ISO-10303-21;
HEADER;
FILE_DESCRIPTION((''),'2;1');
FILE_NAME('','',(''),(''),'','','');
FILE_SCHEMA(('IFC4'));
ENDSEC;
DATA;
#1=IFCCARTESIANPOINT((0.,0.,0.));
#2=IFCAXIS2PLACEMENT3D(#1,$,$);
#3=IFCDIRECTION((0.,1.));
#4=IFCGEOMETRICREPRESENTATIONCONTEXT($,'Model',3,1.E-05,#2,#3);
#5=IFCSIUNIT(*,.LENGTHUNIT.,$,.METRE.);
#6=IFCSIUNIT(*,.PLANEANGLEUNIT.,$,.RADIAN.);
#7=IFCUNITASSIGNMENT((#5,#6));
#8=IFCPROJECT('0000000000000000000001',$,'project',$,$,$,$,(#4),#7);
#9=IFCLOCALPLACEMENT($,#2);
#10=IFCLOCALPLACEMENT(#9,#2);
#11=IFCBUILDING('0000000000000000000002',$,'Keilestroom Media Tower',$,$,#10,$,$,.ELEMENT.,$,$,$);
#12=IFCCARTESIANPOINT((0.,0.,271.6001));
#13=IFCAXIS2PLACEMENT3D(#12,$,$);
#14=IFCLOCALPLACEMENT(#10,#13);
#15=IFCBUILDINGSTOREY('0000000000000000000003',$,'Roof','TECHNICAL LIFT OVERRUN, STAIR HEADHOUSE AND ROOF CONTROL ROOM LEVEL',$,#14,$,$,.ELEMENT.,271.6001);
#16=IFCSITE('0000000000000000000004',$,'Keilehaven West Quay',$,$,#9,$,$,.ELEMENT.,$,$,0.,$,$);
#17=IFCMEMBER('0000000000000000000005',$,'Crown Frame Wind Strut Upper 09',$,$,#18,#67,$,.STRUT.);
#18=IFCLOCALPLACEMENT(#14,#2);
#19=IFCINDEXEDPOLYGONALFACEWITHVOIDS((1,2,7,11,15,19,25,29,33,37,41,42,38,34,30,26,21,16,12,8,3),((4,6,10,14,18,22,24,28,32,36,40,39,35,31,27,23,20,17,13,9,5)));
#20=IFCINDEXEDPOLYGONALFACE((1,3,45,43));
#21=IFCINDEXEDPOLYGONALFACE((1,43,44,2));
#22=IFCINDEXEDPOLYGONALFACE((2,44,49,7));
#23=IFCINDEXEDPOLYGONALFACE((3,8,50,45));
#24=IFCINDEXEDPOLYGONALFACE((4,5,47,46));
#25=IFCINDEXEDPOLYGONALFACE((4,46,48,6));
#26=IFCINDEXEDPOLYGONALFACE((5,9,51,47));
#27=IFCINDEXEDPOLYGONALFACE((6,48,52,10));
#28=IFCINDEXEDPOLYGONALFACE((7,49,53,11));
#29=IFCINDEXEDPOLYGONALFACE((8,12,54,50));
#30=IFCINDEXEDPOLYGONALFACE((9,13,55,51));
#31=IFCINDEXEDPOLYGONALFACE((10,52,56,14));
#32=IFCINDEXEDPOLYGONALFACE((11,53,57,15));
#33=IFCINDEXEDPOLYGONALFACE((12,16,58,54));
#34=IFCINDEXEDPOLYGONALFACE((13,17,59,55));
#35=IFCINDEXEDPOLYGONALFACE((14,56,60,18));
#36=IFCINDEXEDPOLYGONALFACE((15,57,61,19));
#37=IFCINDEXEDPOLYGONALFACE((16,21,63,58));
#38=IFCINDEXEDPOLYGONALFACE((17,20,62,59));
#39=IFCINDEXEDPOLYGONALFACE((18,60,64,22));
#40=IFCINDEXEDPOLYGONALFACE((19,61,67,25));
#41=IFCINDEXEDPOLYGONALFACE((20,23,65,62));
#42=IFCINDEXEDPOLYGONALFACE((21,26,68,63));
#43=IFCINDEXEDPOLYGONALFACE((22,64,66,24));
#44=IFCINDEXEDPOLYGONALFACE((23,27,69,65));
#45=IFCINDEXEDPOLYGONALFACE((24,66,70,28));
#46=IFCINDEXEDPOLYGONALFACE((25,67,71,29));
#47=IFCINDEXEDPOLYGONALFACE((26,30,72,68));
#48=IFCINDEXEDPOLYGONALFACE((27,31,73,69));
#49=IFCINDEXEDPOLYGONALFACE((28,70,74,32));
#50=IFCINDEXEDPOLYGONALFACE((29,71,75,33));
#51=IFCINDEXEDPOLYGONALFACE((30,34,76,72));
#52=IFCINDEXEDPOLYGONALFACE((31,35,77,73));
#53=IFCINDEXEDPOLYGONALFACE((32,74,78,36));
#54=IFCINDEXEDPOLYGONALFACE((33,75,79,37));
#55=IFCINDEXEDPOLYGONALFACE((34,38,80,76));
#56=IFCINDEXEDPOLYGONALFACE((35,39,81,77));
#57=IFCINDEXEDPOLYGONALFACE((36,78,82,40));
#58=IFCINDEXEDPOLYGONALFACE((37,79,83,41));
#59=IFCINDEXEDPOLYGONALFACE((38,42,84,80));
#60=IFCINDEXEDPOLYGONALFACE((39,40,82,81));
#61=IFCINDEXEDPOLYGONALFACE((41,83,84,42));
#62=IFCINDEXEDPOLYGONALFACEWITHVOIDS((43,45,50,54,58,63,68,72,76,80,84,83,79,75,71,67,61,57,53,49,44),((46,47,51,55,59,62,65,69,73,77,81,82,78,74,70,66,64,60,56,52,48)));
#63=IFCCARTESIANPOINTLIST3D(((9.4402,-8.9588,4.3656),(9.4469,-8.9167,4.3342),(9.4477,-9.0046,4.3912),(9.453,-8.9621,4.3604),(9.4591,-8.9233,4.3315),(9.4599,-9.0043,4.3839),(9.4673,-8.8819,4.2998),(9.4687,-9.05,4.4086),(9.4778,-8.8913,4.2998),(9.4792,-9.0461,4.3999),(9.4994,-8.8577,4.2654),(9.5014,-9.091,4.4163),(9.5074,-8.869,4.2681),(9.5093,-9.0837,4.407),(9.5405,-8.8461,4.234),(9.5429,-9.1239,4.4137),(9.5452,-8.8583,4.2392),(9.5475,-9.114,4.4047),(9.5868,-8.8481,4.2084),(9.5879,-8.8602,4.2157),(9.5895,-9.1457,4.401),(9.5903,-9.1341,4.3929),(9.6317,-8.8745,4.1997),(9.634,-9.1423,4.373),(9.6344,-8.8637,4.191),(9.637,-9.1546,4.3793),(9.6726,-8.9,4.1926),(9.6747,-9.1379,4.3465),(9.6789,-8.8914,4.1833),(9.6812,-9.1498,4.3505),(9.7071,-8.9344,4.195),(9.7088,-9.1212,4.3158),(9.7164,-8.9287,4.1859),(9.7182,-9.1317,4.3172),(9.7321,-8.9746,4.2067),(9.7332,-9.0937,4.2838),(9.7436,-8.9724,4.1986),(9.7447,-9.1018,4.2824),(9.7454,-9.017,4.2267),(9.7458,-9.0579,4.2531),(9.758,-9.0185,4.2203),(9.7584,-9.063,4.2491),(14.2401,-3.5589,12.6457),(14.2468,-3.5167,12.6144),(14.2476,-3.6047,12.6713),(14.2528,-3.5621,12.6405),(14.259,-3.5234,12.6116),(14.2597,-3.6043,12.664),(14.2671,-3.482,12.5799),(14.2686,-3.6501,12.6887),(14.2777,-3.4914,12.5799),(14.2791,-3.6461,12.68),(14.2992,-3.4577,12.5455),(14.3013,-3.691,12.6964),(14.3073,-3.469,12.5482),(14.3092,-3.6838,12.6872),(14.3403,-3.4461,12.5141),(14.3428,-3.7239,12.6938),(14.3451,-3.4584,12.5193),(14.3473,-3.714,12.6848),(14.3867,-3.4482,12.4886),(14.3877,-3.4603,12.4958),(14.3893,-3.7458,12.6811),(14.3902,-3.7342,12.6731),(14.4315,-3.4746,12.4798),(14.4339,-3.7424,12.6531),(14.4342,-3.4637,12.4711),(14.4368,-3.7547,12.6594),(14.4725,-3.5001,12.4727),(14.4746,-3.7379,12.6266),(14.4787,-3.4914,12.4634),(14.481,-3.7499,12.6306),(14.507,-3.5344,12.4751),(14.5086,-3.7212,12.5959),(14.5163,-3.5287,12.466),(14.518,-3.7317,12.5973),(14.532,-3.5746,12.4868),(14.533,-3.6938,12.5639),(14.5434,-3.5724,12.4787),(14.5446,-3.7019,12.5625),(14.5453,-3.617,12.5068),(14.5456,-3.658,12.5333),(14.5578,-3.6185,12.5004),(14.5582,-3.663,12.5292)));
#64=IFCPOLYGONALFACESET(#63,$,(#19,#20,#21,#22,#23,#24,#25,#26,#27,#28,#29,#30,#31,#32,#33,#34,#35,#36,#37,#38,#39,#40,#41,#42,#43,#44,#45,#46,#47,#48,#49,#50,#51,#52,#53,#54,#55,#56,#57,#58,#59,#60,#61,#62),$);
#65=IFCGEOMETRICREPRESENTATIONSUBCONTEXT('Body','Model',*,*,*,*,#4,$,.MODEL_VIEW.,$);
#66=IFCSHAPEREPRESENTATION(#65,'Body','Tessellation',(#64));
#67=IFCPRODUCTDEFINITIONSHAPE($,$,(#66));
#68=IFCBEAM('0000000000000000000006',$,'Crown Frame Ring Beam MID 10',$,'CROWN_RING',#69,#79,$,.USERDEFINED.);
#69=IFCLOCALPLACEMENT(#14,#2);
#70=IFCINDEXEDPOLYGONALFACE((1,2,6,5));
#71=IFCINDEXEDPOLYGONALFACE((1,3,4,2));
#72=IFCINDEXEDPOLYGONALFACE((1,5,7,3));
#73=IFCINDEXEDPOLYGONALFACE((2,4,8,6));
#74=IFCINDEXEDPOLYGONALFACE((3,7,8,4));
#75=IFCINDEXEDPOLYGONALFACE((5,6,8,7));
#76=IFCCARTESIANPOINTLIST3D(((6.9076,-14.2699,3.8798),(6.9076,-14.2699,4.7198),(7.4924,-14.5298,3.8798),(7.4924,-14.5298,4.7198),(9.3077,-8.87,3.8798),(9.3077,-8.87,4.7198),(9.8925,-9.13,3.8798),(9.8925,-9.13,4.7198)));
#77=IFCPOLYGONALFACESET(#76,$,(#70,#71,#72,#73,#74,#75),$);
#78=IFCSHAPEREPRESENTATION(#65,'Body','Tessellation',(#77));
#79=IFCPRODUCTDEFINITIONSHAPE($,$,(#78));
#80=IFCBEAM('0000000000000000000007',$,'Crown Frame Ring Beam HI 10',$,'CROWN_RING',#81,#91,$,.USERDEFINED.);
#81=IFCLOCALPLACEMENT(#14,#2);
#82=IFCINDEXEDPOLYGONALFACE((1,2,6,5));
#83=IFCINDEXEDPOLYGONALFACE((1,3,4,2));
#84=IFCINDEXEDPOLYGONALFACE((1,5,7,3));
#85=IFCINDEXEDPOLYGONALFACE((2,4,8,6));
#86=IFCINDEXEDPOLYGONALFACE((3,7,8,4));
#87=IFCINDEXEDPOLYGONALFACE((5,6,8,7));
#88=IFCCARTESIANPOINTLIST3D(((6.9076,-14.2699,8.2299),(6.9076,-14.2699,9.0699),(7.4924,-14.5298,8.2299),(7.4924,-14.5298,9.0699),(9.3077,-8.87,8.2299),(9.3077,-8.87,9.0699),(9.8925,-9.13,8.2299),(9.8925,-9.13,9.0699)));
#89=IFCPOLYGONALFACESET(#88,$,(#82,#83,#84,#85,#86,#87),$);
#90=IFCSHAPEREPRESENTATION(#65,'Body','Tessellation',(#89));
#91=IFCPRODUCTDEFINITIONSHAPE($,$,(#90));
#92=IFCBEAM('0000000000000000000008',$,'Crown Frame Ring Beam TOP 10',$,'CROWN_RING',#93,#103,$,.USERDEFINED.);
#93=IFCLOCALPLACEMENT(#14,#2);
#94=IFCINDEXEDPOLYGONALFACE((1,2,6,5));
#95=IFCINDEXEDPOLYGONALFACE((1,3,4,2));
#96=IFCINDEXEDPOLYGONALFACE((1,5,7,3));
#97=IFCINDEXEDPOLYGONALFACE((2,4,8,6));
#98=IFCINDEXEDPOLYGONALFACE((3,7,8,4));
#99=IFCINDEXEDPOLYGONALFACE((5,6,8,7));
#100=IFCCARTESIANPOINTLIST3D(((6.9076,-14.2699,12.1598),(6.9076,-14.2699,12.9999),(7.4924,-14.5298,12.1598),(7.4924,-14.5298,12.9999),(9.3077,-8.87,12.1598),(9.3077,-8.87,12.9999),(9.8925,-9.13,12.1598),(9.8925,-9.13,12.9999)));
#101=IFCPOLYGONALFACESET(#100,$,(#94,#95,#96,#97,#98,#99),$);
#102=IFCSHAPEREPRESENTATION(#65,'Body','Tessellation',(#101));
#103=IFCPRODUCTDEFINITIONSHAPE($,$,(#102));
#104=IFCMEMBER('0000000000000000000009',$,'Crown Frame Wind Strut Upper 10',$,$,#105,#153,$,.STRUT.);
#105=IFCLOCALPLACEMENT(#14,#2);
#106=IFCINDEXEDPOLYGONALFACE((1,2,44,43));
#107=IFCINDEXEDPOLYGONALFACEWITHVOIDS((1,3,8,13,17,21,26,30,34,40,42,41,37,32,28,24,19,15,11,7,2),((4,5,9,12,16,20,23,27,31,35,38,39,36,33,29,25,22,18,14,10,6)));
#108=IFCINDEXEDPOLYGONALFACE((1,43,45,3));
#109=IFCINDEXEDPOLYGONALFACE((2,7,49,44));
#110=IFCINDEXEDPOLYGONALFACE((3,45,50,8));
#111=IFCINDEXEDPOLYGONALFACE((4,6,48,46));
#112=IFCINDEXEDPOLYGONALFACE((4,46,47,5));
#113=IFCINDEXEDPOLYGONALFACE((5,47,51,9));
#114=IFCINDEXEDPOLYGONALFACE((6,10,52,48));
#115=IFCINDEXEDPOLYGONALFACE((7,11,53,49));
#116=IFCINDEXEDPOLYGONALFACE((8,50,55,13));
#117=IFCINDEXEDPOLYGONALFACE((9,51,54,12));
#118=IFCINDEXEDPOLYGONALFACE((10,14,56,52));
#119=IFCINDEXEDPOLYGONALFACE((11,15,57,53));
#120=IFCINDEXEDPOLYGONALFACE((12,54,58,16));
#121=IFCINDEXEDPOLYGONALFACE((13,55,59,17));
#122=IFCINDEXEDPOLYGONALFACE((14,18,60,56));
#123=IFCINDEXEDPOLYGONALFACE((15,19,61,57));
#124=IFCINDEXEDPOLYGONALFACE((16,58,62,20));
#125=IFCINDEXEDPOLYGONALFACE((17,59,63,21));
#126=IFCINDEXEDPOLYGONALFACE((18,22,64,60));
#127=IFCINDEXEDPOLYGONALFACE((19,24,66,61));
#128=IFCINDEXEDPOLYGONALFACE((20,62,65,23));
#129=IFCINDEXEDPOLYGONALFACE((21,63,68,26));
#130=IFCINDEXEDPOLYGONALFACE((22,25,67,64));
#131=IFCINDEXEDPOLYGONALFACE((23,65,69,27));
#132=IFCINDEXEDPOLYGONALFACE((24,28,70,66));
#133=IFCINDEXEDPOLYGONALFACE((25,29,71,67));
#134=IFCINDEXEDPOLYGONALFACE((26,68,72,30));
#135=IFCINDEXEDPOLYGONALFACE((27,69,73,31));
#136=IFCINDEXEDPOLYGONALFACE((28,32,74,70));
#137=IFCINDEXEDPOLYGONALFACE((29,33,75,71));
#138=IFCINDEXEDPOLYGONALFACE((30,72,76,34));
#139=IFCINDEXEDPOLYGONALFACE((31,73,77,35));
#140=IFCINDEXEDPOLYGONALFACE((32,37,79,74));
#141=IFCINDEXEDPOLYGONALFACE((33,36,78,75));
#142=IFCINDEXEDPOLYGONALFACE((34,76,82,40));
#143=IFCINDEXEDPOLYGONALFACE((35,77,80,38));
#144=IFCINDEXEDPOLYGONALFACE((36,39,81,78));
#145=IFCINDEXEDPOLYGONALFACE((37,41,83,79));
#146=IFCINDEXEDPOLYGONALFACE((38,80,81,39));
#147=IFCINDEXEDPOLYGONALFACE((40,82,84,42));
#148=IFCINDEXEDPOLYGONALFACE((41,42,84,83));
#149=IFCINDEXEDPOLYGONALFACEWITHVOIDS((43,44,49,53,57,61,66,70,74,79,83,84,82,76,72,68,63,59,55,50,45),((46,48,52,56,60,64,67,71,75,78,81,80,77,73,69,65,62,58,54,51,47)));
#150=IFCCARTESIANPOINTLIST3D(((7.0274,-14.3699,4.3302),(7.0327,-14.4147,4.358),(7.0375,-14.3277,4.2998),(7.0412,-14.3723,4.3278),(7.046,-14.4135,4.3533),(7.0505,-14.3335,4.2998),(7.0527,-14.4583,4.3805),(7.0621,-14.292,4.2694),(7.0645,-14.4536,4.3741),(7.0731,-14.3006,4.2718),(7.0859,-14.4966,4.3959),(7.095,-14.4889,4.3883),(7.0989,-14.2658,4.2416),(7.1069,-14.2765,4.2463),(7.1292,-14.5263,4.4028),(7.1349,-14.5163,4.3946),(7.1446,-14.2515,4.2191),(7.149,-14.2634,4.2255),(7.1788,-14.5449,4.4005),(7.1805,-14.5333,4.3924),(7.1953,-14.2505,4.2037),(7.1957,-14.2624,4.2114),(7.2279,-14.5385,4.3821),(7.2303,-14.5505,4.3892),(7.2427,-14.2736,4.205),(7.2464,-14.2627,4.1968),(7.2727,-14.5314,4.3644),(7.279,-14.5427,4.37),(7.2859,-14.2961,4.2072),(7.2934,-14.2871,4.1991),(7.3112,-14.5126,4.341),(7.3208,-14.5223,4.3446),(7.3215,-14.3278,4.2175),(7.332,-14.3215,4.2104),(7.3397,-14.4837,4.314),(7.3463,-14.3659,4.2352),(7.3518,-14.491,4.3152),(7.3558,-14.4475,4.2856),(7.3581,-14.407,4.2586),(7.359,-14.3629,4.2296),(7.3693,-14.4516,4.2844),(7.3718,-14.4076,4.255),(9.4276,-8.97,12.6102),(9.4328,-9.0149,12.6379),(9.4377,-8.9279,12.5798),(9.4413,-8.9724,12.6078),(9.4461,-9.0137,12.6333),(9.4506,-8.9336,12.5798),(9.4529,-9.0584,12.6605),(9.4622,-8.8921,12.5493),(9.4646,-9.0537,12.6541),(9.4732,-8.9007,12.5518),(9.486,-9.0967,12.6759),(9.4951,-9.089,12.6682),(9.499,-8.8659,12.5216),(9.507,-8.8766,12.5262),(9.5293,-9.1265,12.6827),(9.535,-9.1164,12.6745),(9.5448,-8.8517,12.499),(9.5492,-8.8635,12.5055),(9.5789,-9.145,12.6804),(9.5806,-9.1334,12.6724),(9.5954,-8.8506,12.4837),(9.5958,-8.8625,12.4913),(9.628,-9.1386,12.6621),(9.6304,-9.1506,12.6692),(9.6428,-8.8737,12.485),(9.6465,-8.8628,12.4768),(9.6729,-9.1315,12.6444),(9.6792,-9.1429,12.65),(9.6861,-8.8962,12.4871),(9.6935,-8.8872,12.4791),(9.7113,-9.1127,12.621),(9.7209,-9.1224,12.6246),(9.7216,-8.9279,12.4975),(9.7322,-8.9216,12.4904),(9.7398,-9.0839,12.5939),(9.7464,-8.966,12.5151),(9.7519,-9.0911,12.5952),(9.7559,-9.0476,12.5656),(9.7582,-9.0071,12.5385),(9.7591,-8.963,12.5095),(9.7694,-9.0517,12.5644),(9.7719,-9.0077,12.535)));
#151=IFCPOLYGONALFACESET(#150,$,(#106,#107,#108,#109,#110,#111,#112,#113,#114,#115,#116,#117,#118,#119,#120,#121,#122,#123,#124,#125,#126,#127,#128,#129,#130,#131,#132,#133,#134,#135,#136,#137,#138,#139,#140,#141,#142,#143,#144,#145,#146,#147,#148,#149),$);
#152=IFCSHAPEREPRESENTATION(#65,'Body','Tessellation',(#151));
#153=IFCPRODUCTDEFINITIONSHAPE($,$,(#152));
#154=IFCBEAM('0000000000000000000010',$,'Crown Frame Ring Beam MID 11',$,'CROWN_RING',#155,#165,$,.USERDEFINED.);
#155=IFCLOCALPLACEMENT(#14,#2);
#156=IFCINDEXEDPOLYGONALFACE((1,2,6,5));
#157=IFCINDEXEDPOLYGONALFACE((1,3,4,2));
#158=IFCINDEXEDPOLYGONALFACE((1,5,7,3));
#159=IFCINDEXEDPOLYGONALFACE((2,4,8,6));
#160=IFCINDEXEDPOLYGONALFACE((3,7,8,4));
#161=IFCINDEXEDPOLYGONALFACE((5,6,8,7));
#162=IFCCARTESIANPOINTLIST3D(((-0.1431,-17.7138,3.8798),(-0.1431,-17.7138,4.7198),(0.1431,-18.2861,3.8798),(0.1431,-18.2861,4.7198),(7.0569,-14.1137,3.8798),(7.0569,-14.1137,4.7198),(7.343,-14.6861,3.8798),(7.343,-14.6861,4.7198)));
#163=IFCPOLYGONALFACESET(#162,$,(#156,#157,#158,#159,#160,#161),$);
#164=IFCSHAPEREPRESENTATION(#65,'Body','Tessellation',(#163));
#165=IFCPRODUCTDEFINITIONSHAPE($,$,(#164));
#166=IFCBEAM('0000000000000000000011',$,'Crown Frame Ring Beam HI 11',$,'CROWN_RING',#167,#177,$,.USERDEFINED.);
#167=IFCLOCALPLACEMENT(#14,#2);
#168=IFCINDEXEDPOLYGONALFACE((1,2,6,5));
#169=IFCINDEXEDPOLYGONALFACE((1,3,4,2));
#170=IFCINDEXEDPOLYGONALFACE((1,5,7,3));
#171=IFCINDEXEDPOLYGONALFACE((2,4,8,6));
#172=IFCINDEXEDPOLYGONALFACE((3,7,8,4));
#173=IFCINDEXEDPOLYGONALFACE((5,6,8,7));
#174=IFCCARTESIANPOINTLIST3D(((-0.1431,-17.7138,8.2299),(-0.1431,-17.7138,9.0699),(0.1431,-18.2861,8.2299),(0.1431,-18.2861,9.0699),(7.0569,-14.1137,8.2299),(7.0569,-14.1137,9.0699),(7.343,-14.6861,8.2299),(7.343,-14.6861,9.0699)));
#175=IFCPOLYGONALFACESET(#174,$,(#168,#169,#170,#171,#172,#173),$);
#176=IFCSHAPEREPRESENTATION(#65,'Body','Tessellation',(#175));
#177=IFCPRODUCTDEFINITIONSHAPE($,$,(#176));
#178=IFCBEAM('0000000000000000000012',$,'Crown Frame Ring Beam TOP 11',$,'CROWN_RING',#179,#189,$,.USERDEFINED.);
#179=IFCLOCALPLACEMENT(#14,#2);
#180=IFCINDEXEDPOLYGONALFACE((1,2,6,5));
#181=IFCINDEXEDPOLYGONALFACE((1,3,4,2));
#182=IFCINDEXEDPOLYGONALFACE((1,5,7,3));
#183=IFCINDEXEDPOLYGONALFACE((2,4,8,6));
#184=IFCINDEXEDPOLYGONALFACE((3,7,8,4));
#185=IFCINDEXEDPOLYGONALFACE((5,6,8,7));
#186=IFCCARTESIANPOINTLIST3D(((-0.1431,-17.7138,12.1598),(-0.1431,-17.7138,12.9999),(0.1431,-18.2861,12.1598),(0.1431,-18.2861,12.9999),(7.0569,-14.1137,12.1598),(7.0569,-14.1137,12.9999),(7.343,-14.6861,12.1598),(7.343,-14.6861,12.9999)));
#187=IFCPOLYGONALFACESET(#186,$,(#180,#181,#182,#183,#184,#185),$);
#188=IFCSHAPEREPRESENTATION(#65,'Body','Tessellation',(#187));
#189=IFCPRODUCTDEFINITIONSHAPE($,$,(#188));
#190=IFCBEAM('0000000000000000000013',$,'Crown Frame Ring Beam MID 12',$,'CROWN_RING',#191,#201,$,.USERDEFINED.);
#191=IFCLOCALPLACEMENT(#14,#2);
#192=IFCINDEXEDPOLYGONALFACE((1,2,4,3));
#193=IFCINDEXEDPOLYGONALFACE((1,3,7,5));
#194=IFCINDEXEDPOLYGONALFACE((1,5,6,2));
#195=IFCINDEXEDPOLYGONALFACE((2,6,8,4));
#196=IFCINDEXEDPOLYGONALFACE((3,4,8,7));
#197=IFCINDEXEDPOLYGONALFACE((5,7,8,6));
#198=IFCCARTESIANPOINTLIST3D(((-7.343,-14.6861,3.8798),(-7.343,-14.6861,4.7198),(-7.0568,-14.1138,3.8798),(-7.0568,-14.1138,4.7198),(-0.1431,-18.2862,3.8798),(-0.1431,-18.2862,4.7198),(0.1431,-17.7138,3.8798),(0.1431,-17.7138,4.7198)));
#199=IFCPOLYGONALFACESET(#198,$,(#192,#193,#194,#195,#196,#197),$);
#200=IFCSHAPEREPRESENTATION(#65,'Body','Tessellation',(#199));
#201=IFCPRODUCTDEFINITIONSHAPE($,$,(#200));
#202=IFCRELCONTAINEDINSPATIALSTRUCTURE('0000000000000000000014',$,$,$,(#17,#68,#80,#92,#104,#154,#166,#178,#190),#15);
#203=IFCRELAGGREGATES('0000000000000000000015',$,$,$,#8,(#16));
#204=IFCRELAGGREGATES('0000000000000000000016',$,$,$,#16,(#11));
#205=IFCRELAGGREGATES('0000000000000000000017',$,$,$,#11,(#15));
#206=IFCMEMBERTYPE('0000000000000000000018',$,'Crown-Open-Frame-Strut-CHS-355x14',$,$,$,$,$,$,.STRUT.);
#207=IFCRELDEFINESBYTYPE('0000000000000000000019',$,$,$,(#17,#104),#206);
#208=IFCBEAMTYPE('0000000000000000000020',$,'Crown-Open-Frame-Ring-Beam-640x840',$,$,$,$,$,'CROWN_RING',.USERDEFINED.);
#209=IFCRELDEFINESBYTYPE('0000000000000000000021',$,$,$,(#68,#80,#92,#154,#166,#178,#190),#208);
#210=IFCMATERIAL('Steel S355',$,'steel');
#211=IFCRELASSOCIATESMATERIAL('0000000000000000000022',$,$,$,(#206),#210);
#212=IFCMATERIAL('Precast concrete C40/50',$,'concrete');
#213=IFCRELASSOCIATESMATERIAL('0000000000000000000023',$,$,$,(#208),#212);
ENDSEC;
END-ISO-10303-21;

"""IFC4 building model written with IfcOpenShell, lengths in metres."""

from ifc_helpers import new_model, si_unit, direction, frame, origin, origin_2d, place, context, subcontext, project, spatial, rectangle, hollow_circle, extrude, source, transform, mapped, material, material_profile, profile_set, type_object, element, save


model = new_model("IFC4")

# Units and contexts
model_context = context("Model", 3, precision=1e-05, world=origin(), true_north=direction((0.0, 1.0)))
body_context = subcontext(model_context, "Body", "Model", "MODEL_VIEW")
ifc_project = project(units=[si_unit("LENGTHUNIT", "METRE"), si_unit("PLANEANGLEUNIT", "RADIAN")], contexts=[model_context])

# Site, building, storey
site_placement = place(None, origin())
site = spatial("IfcSite", under=ifc_project, at=site_placement, Name="Keilehaven West Quay", CompositionType="ELEMENT", RefElevation=0.0)
building_placement = place(site_placement, origin())
building = spatial("IfcBuilding", under=site, at=building_placement, Name="Keilestroom Media Tower", CompositionType="ELEMENT")
storey_placement = place(building_placement, frame((0.0, 0.0, 271.6001)))
storey = spatial("IfcBuildingStorey", under=building, at=storey_placement, Name="Roof", Description="TECHNICAL LIFT OVERRUN, STAIR HEADHOUSE AND ROOF CONTROL ROOM LEVEL", CompositionType="ELEMENT", Elevation=271.6001)

# Member
ifc_material_1 = material(Name="Steel S355", Category="steel")
ifc_material_profile_1 = material_profile(ifc_material_1, hollow_circle(Radius=0.1777, WallThickness=0.0142, at=origin_2d()), Name="CHS 355.6x14.2")
ifc_profile_set_1 = profile_set([ifc_material_profile_1], Name="Steel S355")
member_type = type_object("IfcMemberType", Name="Crown-Open-Frame-Strut-CHS-355x14", PredefinedType="STRUT", material=ifc_profile_set_1)
shared_shape_1 = source(origin(), body_context, "Body", "SweptSolid", [
    extrude(hollow_circle(Radius=0.1777, WallThickness=0.0142, at=origin_2d()), origin(), (0.0, 0.0, 1.0), 10.989),
])
member_1_placement = place(storey_placement, frame((9.6001, -9.0, 4.2998), z_axis=(0.436787, 0.491396, 0.75349), x_axis=(-0.747417, 0.664355, 0.0)))
element("IfcMember", 1, at=member_1_placement, inside=storey, type_object=member_type, Name="Crown Frame Wind Strut Upper 09", PredefinedType="STRUT", context=body_context, shape_type="MappedRepresentation", body=[
    mapped(shared_shape_1, transform((0.0, 0.0, 0.0), x_axis=(1.0, 0.0, 0.0), y_axis=(0.0, 1.0, 0.0), z_axis=(0.0, 0.0, 1.0), scale=1.0)),
])

# Beams
ifc_material_2 = material(Name="Precast concrete C40/50", Category="concrete")
ifc_material_profile_2 = material_profile(ifc_material_2, rectangle(XDim=0.6399, YDim=0.8401, at=origin_2d()), Name="CF 640x840")
ifc_profile_set_2 = profile_set([ifc_material_profile_2], Name="Precast concrete C40/50")
beam_type = type_object("IfcBeamType", Name="Crown-Open-Frame-Ring-Beam-640x840", ElementType="CROWN_RING", PredefinedType="USERDEFINED", material=ifc_profile_set_2)
shared_shape_2 = source(origin(), body_context, "Body", "SweptSolid", [
    extrude(rectangle(XDim=0.6399, YDim=0.8401, at=origin_2d()), origin(), (0.0, 0.0, 1.0), 5.9092),
])
for number, where, z_axis, x_axis, name in (
    (2, (9.6001, -9.0, 4.2998), (-0.406165, -0.9138, 0.0), (0.9138, -0.406165, 0.0), "Crown Frame Ring Beam MID 10"),
    (3, (9.6001, -9.0, 8.6499), (-0.406165, -0.9138, 0.0), (0.9138, -0.406165, 0.0), "Crown Frame Ring Beam HI 10"),
    (4, (9.6001, -9.0, 12.5798), (-0.406165, -0.9138, 0.0), (0.9138, -0.406165, 0.0), "Crown Frame Ring Beam TOP 10"),
):
    element("IfcBeam", number, at=place(storey_placement, frame(where, z_axis=z_axis, x_axis=x_axis)), inside=storey, type_object=beam_type, Name=name, ObjectType="CROWN_RING", PredefinedType="USERDEFINED", context=body_context, shape_type="MappedRepresentation", body=[
        mapped(shared_shape_2, transform((0.0, 0.0, 0.0), x_axis=(1.0, 0.0, 0.0), y_axis=(0.0, 1.0, 0.0), z_axis=(0.0, 0.0, 1.0), scale=1.0)),
    ])

# Member
shared_shape_3 = source(origin(), body_context, "Body", "SweptSolid", [
    extrude(hollow_circle(Radius=0.1777, WallThickness=0.0142, at=origin_2d()), origin(), (0.0, 0.0, 1.0), 10.1724),
])
member_2_placement = place(storey_placement, frame((7.2, -14.3999, 4.2998), z_axis=(0.235946, 0.530836, 0.813967), x_axis=(-0.9138, 0.406165, 0.0)))
element("IfcMember", 5, at=member_2_placement, inside=storey, type_object=member_type, Name="Crown Frame Wind Strut Upper 10", PredefinedType="STRUT", context=body_context, shape_type="MappedRepresentation", body=[
    mapped(shared_shape_3, transform((0.0, 0.0, 0.0), x_axis=(1.0, 0.0, 0.0), y_axis=(0.0, 1.0, 0.0), z_axis=(0.0, 0.0, 1.0), scale=1.0)),
])

# Beams
shared_shape_4 = source(origin(), body_context, "Body", "SweptSolid", [
    extrude(rectangle(XDim=0.6399, YDim=0.8401, at=origin_2d()), origin(), (0.0, 0.0, 1.0), 8.0498),
])
for number, where, z_axis, x_axis, name in (
    (6, (7.2, -14.3999, 4.2998), (-0.894421, -0.447226, 0.0), (0.447226, -0.894421, 0.0), "Crown Frame Ring Beam MID 11"),
    (7, (7.2, -14.3999, 8.6499), (-0.894421, -0.447226, 0.0), (0.447226, -0.894421, 0.0), "Crown Frame Ring Beam HI 11"),
    (8, (7.2, -14.3999, 12.5798), (-0.894421, -0.447226, 0.0), (0.447226, -0.894421, 0.0), "Crown Frame Ring Beam TOP 11"),
    (9, (0.0, -18.0, 4.2998), (-0.894421, 0.447226, 0.0), (-0.447226, -0.894421, 0.0), "Crown Frame Ring Beam MID 12"),
):
    element("IfcBeam", number, at=place(storey_placement, frame(where, z_axis=z_axis, x_axis=x_axis)), inside=storey, type_object=beam_type, Name=name, ObjectType="CROWN_RING", PredefinedType="USERDEFINED", context=body_context, shape_type="MappedRepresentation", body=[
        mapped(shared_shape_4, transform((0.0, 0.0, 0.0), x_axis=(1.0, 0.0, 0.0), y_axis=(0.0, 1.0, 0.0), z_axis=(0.0, 0.0, 1.0), scale=1.0)),
    ])

save(model, "model.ifc")
